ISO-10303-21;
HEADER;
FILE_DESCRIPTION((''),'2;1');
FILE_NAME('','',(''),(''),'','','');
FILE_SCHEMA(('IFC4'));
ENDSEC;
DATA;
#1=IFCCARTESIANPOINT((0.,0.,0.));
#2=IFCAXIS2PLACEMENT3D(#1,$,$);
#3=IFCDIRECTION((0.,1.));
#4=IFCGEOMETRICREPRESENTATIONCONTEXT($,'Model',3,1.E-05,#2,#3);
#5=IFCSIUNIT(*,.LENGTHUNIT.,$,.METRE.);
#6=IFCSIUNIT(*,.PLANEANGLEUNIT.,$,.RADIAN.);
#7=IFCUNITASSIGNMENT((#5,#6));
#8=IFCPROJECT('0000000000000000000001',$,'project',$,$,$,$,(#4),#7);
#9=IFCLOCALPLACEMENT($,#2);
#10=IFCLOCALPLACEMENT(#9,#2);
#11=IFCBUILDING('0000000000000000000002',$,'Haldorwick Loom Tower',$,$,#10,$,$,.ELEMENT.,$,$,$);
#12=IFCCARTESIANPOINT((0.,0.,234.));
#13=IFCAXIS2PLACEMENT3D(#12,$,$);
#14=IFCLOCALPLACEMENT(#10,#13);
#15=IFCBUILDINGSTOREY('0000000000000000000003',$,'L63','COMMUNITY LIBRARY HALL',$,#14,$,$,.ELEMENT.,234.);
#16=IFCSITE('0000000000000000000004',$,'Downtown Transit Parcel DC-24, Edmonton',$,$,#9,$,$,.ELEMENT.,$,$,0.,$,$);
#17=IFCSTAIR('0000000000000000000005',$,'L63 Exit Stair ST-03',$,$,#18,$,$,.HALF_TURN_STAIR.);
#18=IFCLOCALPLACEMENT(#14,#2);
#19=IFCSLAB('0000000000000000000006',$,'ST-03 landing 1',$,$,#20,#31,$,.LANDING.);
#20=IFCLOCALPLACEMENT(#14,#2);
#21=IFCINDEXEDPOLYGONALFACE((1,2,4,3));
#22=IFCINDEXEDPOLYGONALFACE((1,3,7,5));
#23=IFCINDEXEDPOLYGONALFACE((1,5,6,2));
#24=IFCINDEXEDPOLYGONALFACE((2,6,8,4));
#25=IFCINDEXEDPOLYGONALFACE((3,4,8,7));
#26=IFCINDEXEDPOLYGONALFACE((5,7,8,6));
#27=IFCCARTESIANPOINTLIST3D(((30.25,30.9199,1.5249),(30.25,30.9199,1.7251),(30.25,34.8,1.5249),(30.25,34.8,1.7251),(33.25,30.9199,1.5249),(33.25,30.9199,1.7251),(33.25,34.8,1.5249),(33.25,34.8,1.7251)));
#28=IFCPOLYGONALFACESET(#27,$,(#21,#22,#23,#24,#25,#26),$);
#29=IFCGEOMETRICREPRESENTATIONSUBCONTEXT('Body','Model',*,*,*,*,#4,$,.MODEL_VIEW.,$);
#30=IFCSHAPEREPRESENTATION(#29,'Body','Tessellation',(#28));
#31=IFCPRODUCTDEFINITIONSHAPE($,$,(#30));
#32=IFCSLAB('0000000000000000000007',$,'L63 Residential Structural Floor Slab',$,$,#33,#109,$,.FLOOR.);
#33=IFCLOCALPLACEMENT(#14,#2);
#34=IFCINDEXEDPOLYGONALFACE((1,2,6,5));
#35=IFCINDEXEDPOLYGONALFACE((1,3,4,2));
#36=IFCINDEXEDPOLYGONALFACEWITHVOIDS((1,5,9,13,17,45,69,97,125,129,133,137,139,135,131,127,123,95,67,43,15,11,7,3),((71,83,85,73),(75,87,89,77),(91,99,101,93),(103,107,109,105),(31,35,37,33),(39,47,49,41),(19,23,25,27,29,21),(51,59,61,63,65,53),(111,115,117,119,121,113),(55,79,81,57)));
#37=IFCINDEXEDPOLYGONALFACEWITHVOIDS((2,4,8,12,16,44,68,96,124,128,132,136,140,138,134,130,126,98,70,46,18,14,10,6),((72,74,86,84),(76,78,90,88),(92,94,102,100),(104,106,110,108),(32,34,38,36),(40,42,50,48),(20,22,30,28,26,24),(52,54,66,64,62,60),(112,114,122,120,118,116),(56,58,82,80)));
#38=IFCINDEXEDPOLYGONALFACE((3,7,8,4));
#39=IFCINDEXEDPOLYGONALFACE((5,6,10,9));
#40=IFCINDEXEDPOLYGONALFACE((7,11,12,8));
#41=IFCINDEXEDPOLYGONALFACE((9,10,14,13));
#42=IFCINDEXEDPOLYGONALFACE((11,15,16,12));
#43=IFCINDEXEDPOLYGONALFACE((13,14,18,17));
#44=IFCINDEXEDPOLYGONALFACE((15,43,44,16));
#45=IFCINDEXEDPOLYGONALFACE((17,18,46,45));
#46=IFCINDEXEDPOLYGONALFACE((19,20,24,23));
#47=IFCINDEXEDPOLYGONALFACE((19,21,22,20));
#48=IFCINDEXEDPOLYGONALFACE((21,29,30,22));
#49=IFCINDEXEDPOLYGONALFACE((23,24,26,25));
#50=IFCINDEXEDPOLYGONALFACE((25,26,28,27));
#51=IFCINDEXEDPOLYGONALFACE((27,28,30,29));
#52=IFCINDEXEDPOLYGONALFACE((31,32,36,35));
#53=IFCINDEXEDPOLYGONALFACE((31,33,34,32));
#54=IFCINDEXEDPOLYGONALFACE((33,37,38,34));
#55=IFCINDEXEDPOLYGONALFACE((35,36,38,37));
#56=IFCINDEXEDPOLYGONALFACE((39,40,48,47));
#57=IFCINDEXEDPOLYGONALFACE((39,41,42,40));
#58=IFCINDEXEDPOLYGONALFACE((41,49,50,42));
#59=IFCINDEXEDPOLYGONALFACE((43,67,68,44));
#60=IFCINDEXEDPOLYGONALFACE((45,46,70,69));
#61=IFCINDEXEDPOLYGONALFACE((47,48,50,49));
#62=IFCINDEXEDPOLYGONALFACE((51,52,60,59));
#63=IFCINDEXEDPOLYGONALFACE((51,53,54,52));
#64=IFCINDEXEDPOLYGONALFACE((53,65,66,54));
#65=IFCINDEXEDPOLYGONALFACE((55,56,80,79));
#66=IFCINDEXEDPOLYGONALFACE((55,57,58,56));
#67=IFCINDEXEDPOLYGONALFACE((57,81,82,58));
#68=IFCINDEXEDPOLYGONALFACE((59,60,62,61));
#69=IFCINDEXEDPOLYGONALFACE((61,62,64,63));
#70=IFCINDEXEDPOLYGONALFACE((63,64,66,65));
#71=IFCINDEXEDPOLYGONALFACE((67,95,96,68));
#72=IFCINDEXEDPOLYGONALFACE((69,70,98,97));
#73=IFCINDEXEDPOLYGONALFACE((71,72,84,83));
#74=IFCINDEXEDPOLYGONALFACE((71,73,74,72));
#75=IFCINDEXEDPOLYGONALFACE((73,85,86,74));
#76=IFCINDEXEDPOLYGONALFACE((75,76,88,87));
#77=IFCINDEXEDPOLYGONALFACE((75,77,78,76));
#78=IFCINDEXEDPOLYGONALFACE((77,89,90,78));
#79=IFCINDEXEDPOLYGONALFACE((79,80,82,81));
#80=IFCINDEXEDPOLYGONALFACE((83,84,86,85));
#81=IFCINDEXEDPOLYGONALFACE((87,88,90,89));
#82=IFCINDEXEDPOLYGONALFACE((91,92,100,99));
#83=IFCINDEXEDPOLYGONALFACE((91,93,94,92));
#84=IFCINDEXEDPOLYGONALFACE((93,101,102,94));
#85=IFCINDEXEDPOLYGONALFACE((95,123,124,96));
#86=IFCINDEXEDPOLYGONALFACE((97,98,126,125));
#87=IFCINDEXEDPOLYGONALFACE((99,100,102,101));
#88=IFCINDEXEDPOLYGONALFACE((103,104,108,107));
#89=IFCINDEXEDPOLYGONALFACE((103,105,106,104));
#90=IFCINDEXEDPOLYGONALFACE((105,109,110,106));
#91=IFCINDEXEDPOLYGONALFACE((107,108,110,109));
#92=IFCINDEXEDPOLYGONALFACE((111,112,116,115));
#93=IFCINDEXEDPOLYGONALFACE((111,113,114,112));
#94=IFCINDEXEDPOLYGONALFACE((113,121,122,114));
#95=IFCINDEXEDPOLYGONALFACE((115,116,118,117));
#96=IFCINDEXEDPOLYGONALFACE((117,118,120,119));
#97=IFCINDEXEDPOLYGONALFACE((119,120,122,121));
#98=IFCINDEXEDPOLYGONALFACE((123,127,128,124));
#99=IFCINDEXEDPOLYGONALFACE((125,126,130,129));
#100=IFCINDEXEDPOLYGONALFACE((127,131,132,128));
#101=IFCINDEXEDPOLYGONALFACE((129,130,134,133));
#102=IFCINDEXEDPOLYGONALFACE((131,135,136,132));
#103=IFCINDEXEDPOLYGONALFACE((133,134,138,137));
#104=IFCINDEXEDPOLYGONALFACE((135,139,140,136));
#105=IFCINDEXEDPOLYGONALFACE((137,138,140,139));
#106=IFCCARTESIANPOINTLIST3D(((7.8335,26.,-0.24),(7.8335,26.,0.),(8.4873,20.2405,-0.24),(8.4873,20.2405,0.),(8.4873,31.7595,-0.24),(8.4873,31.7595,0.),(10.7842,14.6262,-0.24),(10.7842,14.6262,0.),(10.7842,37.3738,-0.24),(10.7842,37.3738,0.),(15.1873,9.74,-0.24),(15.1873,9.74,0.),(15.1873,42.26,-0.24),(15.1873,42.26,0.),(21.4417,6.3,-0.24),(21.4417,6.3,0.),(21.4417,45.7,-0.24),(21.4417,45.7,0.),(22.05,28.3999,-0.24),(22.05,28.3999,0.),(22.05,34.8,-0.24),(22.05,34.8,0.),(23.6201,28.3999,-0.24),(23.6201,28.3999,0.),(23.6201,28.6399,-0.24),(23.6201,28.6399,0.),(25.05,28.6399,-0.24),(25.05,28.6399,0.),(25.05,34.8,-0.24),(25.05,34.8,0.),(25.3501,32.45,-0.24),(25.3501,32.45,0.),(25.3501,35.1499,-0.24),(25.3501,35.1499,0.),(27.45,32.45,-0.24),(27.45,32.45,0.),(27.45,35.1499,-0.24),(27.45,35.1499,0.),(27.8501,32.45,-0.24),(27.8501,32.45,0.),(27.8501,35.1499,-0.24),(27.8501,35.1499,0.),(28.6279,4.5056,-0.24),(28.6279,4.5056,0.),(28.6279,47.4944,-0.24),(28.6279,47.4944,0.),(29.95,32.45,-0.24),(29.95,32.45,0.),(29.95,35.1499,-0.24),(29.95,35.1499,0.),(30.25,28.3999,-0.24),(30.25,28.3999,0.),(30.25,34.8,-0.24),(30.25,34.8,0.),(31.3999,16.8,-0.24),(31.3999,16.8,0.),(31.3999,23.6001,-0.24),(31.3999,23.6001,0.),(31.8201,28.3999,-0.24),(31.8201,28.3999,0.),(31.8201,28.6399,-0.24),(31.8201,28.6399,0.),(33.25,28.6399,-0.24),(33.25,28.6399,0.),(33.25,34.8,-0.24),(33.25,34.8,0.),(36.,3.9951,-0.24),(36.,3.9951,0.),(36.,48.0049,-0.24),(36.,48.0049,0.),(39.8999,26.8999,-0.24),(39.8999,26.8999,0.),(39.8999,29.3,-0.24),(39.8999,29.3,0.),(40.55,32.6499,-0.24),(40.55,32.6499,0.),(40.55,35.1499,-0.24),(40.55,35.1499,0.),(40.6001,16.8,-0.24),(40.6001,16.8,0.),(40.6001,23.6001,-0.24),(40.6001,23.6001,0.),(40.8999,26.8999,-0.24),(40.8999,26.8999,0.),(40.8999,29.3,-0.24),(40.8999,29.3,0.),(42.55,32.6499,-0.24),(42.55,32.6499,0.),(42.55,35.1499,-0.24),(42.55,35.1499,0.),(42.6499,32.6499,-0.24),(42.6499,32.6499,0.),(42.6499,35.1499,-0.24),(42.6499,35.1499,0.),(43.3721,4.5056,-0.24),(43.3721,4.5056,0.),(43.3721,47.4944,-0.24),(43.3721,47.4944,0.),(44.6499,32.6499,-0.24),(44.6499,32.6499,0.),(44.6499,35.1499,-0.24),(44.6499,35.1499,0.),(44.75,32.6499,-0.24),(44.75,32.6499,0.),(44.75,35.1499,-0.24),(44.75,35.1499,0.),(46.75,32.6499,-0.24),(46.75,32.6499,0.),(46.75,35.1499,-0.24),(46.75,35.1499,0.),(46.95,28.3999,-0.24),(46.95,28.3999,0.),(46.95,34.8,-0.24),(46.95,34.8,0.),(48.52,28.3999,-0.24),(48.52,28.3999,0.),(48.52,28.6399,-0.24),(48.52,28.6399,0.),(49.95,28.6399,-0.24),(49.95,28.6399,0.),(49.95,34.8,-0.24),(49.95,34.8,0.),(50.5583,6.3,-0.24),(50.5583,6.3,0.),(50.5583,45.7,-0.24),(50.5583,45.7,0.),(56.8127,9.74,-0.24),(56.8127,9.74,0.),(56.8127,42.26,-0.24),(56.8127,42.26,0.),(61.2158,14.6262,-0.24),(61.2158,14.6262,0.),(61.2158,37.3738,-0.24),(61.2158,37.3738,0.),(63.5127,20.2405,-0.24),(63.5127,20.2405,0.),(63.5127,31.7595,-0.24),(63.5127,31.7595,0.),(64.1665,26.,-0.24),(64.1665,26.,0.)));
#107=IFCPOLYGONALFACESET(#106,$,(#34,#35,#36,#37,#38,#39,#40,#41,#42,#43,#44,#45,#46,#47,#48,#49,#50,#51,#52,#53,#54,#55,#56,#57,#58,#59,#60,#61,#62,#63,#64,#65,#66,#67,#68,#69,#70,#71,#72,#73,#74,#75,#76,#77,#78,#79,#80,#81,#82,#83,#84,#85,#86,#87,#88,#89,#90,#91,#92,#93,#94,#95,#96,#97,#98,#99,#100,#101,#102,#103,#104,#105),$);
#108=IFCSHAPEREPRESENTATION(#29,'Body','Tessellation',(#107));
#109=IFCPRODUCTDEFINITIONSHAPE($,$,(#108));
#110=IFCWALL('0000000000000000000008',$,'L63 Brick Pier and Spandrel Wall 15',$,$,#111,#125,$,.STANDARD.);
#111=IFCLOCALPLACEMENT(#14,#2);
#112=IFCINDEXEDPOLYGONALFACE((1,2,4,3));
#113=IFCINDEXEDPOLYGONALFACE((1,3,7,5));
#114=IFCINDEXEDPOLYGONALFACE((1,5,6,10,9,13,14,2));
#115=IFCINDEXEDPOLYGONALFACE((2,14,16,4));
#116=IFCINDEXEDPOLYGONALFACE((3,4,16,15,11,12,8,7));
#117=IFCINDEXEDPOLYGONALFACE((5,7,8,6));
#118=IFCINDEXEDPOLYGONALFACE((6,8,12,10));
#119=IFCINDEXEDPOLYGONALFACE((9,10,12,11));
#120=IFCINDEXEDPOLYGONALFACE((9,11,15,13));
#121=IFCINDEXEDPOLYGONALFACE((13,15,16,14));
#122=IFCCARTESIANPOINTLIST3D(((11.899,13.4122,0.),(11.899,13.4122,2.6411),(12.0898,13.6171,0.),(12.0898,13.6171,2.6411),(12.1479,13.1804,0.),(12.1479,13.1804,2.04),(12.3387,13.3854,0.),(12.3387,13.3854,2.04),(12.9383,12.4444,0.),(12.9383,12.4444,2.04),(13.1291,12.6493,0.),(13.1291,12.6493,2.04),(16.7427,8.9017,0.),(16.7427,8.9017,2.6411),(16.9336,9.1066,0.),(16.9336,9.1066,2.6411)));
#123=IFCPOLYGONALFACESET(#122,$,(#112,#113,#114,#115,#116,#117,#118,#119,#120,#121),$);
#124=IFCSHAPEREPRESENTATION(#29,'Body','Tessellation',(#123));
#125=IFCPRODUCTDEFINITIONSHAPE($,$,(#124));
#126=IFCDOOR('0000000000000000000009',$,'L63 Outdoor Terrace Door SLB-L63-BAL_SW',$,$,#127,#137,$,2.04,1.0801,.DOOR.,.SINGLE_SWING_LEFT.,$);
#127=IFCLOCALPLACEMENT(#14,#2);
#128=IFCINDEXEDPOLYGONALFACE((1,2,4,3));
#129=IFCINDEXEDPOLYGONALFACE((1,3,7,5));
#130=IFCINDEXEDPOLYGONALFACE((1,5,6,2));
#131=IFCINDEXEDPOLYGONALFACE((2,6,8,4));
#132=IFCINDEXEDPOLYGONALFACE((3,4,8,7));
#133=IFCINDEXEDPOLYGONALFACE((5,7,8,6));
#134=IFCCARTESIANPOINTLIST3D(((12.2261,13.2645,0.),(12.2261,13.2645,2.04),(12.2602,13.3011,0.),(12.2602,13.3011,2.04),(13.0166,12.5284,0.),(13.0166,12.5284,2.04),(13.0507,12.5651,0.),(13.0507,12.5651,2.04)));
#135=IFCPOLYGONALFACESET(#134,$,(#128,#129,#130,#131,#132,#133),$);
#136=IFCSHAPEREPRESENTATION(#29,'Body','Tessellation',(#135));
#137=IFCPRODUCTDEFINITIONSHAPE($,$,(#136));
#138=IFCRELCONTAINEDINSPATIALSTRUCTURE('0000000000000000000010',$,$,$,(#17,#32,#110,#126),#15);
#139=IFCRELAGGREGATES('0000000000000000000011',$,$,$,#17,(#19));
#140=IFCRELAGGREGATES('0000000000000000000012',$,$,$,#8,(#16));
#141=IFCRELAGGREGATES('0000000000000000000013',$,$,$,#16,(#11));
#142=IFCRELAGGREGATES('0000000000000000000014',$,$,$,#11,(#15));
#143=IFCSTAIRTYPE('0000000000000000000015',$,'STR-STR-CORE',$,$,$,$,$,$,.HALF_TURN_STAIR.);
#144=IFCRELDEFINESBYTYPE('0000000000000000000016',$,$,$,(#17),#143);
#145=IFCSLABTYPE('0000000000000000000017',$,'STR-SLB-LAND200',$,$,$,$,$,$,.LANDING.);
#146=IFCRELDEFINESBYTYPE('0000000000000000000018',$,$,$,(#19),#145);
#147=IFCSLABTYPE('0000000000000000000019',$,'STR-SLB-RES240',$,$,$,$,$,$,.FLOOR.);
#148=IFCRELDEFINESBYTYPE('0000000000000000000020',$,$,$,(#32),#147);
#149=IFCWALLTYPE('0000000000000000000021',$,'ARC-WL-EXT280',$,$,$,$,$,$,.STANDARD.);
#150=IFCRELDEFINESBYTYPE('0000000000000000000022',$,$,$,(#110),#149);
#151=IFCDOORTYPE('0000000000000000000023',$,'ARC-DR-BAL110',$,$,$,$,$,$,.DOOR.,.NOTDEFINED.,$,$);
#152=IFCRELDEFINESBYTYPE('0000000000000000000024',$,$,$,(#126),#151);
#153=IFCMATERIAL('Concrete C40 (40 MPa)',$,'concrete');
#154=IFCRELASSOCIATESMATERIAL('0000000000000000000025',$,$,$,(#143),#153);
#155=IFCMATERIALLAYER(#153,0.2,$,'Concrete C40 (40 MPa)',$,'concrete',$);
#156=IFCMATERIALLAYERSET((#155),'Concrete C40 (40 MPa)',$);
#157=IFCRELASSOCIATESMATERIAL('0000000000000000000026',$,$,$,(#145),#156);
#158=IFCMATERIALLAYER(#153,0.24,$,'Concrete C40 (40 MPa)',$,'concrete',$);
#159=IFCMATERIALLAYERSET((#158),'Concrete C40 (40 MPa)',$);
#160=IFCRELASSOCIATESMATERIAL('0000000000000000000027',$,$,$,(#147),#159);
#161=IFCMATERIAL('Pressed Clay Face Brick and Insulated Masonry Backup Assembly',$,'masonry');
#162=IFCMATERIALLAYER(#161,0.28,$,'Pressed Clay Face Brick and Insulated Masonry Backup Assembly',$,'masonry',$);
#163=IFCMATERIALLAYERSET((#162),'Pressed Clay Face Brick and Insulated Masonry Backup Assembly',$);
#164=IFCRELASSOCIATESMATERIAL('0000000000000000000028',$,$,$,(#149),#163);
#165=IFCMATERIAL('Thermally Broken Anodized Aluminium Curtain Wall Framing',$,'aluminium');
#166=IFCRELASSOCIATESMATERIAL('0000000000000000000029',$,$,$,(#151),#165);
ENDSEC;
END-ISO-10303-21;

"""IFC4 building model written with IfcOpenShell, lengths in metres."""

from ifc_helpers import new_model, si_unit, direction, frame, frame_2d, origin, place, context, subcontext, project, spatial, polyline, rectangle, outline, extrude, material, layer, layer_set, type_object, element, fill, aggregate, save


model = new_model("IFC4")

# Units and contexts
model_context = context("Model", 3, precision=1e-05, world=origin(), true_north=direction((0.0, 1.0)))
body_context = subcontext(model_context, "Body", "Model", "MODEL_VIEW")
ifc_project = project(units=[si_unit("LENGTHUNIT", "METRE"), si_unit("PLANEANGLEUNIT", "RADIAN")], contexts=[model_context])

# Site, building, storey
site_placement = place(None, origin())
site = spatial("IfcSite", under=ifc_project, at=site_placement, Name="Downtown Transit Parcel DC-24, Edmonton", CompositionType="ELEMENT", RefElevation=0.0)
building_placement = place(site_placement, origin())
building = spatial("IfcBuilding", under=site, at=building_placement, Name="Haldorwick Loom Tower", CompositionType="ELEMENT")
storey_placement = place(building_placement, frame((0.0, 0.0, 234.0)))
storey = spatial("IfcBuildingStorey", under=building, at=storey_placement, Name="L63", Description="COMMUNITY LIBRARY HALL", CompositionType="ELEMENT", Elevation=234.0)

# Shared definitions
ifc_material_1 = material(Name="Concrete C40 (40 MPa)", Category="concrete")

# Stair, slab
stair_type = type_object("IfcStairType", Name="STR-STR-CORE", PredefinedType="HALF_TURN_STAIR", material=ifc_material_1)
ifc_layer_1 = layer(ifc_material_1, 0.2, Name="Concrete C40 (40 MPa)", Category="concrete")
ifc_layer_set_1 = layer_set([ifc_layer_1], Name="Concrete C40 (40 MPa)")
slab_type_1 = type_object("IfcSlabType", Name="STR-SLB-LAND200", PredefinedType="LANDING", material=ifc_layer_set_1)
stair_1_placement = place(storey_placement, origin())
stair_1 = element("IfcStair", 1, at=stair_1_placement, inside=storey, type_object=stair_type, Name="L63 Exit Stair ST-03", PredefinedType="HALF_TURN_STAIR")
slab_1_placement = place(storey_placement, frame((0.0, 0.0, 1.5249)))
slab_1 = element("IfcSlab", 2, at=slab_1_placement, type_object=slab_type_1, Name="ST-03 landing 1", PredefinedType="LANDING", context=body_context, shape_type="SweptSolid", body=[
    extrude(outline(polyline([(33.25, 30.9199), (33.25, 34.8), (30.25, 34.8), (30.25, 30.9199), (33.25, 30.9199)])), origin(), (0.0, 0.0, 1.0), 0.2002),
])
aggregate(stair_1, [slab_1])

# Slab
ifc_layer_2 = layer(ifc_material_1, 0.24, Name="Concrete C40 (40 MPa)", Category="concrete")
ifc_layer_set_2 = layer_set([ifc_layer_2], Name="Concrete C40 (40 MPa)")
slab_type_2 = type_object("IfcSlabType", Name="STR-SLB-RES240", PredefinedType="FLOOR", material=ifc_layer_set_2)
slab_2_placement = place(storey_placement, frame((0.0, 0.0, -0.24)))
element("IfcSlab", 3, at=slab_2_placement, inside=storey, type_object=slab_type_2, Name="L63 Residential Structural Floor Slab", PredefinedType="FLOOR", context=body_context, shape_type="SweptSolid", body=[
    extrude(outline(polyline([(56.8127, 9.74), (61.2158, 14.6262), (63.5127, 20.2405), (64.1665, 26.0), (63.5127, 31.7595), (61.2158, 37.3738), (56.8127, 42.26), (50.5583, 45.7), (43.3721, 47.4944), (36.0, 48.0049), (28.6279, 47.4944), (21.4417, 45.7), (15.1873, 42.26), (10.7842, 37.3738), (8.4873, 31.7595), (7.8335, 26.0), (8.4873, 20.2405), (10.7842, 14.6262), (15.1873, 9.74), (21.4417, 6.3), (28.6279, 4.5056), (36.0, 3.9951), (43.3721, 4.5056), (50.5583, 6.3), (56.8127, 9.74)]), holes=[polyline([(31.3999, 16.8), (31.3999, 23.6001), (40.6001, 23.6001), (40.6001, 16.8), (31.3999, 16.8)]), polyline([(40.8999, 26.8999), (39.8999, 26.8999), (39.8999, 29.3), (40.8999, 29.3), (40.8999, 26.8999)]), polyline([(23.6201, 28.3999), (22.05, 28.3999), (22.05, 34.8), (25.05, 34.8), (25.05, 28.6399), (23.6201, 28.6399), (23.6201, 28.3999)]), polyline([(30.25, 28.3999), (30.25, 34.8), (33.25, 34.8), (33.25, 28.6399), (31.8201, 28.6399), (31.8201, 28.3999), (30.25, 28.3999)]), polyline([(46.95, 28.3999), (46.95, 34.8), (49.95, 34.8), (49.95, 28.6399), (48.52, 28.6399), (48.52, 28.3999), (46.95, 28.3999)]), polyline([(27.45, 32.45), (25.3501, 32.45), (25.3501, 35.1499), (27.45, 35.1499), (27.45, 32.45)]), polyline([(29.95, 32.45), (27.8501, 32.45), (27.8501, 35.1499), (29.95, 35.1499), (29.95, 32.45)]), polyline([(42.55, 32.6499), (40.55, 32.6499), (40.55, 35.1499), (42.55, 35.1499), (42.55, 32.6499)]), polyline([(42.6499, 32.6499), (42.6499, 35.1499), (44.6499, 35.1499), (44.6499, 32.6499), (42.6499, 32.6499)]), polyline([(44.75, 32.6499), (44.75, 35.1499), (46.75, 35.1499), (46.75, 32.6499), (44.75, 32.6499)])]), origin(), (0.0, 0.0, 1.0), 0.24),
])

# Wall, opening, door
ifc_material_2 = material(Name="Pressed Clay Face Brick and Insulated Masonry Backup Assembly", Category="masonry")
ifc_layer_3 = layer(ifc_material_2, 0.28, Name="Pressed Clay Face Brick and Insulated Masonry Backup Assembly", Category="masonry")
ifc_layer_set_3 = layer_set([ifc_layer_3], Name="Pressed Clay Face Brick and Insulated Masonry Backup Assembly")
wall_type = type_object("IfcWallType", Name="ARC-WL-EXT280", PredefinedType="STANDARD", material=ifc_layer_set_3)
wall_1_placement = place(storey_placement, frame((11.9944, 13.5146, 0.0), z_axis=(0.0, 0.0, 1.0), x_axis=(0.731834, -0.681483, 0.0)))
wall_1 = element("IfcWall", 4, at=wall_1_placement, inside=storey, type_object=wall_type, Name="L63 Brick Pier and Spandrel Wall 15", PredefinedType="STANDARD", context=body_context, shape_type="SweptSolid", body=[
    extrude(rectangle(XDim=6.6187, YDim=0.28, at=frame_2d((3.3093, 0.0))), origin(), (0.0, 0.0, 1.0), 2.6411),
])
opening_1_placement = place(wall_1_placement, frame((0.3401, 0.0, 0.0)))
opening_1 = element("IfcOpeningElement", 5, at=opening_1_placement, cuts=wall_1, PredefinedType="OPENING", context=body_context, shape_type="SweptSolid", body=[
    extrude(rectangle(XDim=1.0801, YDim=2.04, at=frame_2d((0.54, 1.02))), frame((0.0, 0.1499, 0.0), z_axis=(0.0, -1.0, 0.0), x_axis=(1.0, 0.0, 0.0)), (0.0, 0.0, 1.0), 0.3),
])
ifc_material_3 = material(Name="Thermally Broken Anodized Aluminium Curtain Wall Framing", Category="aluminium")
door_type = type_object("IfcDoorType", Name="ARC-DR-BAL110", OperationType="NOTDEFINED", PredefinedType="DOOR", material=ifc_material_3)
door_placement = place(opening_1_placement, origin())
door = element("IfcDoor", 6, at=door_placement, inside=storey, type_object=door_type, Name="L63 Outdoor Terrace Door SLB-L63-BAL_SW", OperationType="SINGLE_SWING_LEFT", OverallHeight=2.04, OverallWidth=1.0801, PredefinedType="DOOR", context=body_context, shape_type="SweptSolid", body=[
    extrude(rectangle(XDim=1.0801, YDim=2.04, at=frame_2d((0.54, 1.02))), frame((0.0, 0.0249, 0.0), z_axis=(0.0, -1.0, 0.0), x_axis=(1.0, 0.0, 0.0)), (0.0, 0.0, 1.0), 0.05),
])
fill(opening_1, door)

save(model, "model.ifc")
